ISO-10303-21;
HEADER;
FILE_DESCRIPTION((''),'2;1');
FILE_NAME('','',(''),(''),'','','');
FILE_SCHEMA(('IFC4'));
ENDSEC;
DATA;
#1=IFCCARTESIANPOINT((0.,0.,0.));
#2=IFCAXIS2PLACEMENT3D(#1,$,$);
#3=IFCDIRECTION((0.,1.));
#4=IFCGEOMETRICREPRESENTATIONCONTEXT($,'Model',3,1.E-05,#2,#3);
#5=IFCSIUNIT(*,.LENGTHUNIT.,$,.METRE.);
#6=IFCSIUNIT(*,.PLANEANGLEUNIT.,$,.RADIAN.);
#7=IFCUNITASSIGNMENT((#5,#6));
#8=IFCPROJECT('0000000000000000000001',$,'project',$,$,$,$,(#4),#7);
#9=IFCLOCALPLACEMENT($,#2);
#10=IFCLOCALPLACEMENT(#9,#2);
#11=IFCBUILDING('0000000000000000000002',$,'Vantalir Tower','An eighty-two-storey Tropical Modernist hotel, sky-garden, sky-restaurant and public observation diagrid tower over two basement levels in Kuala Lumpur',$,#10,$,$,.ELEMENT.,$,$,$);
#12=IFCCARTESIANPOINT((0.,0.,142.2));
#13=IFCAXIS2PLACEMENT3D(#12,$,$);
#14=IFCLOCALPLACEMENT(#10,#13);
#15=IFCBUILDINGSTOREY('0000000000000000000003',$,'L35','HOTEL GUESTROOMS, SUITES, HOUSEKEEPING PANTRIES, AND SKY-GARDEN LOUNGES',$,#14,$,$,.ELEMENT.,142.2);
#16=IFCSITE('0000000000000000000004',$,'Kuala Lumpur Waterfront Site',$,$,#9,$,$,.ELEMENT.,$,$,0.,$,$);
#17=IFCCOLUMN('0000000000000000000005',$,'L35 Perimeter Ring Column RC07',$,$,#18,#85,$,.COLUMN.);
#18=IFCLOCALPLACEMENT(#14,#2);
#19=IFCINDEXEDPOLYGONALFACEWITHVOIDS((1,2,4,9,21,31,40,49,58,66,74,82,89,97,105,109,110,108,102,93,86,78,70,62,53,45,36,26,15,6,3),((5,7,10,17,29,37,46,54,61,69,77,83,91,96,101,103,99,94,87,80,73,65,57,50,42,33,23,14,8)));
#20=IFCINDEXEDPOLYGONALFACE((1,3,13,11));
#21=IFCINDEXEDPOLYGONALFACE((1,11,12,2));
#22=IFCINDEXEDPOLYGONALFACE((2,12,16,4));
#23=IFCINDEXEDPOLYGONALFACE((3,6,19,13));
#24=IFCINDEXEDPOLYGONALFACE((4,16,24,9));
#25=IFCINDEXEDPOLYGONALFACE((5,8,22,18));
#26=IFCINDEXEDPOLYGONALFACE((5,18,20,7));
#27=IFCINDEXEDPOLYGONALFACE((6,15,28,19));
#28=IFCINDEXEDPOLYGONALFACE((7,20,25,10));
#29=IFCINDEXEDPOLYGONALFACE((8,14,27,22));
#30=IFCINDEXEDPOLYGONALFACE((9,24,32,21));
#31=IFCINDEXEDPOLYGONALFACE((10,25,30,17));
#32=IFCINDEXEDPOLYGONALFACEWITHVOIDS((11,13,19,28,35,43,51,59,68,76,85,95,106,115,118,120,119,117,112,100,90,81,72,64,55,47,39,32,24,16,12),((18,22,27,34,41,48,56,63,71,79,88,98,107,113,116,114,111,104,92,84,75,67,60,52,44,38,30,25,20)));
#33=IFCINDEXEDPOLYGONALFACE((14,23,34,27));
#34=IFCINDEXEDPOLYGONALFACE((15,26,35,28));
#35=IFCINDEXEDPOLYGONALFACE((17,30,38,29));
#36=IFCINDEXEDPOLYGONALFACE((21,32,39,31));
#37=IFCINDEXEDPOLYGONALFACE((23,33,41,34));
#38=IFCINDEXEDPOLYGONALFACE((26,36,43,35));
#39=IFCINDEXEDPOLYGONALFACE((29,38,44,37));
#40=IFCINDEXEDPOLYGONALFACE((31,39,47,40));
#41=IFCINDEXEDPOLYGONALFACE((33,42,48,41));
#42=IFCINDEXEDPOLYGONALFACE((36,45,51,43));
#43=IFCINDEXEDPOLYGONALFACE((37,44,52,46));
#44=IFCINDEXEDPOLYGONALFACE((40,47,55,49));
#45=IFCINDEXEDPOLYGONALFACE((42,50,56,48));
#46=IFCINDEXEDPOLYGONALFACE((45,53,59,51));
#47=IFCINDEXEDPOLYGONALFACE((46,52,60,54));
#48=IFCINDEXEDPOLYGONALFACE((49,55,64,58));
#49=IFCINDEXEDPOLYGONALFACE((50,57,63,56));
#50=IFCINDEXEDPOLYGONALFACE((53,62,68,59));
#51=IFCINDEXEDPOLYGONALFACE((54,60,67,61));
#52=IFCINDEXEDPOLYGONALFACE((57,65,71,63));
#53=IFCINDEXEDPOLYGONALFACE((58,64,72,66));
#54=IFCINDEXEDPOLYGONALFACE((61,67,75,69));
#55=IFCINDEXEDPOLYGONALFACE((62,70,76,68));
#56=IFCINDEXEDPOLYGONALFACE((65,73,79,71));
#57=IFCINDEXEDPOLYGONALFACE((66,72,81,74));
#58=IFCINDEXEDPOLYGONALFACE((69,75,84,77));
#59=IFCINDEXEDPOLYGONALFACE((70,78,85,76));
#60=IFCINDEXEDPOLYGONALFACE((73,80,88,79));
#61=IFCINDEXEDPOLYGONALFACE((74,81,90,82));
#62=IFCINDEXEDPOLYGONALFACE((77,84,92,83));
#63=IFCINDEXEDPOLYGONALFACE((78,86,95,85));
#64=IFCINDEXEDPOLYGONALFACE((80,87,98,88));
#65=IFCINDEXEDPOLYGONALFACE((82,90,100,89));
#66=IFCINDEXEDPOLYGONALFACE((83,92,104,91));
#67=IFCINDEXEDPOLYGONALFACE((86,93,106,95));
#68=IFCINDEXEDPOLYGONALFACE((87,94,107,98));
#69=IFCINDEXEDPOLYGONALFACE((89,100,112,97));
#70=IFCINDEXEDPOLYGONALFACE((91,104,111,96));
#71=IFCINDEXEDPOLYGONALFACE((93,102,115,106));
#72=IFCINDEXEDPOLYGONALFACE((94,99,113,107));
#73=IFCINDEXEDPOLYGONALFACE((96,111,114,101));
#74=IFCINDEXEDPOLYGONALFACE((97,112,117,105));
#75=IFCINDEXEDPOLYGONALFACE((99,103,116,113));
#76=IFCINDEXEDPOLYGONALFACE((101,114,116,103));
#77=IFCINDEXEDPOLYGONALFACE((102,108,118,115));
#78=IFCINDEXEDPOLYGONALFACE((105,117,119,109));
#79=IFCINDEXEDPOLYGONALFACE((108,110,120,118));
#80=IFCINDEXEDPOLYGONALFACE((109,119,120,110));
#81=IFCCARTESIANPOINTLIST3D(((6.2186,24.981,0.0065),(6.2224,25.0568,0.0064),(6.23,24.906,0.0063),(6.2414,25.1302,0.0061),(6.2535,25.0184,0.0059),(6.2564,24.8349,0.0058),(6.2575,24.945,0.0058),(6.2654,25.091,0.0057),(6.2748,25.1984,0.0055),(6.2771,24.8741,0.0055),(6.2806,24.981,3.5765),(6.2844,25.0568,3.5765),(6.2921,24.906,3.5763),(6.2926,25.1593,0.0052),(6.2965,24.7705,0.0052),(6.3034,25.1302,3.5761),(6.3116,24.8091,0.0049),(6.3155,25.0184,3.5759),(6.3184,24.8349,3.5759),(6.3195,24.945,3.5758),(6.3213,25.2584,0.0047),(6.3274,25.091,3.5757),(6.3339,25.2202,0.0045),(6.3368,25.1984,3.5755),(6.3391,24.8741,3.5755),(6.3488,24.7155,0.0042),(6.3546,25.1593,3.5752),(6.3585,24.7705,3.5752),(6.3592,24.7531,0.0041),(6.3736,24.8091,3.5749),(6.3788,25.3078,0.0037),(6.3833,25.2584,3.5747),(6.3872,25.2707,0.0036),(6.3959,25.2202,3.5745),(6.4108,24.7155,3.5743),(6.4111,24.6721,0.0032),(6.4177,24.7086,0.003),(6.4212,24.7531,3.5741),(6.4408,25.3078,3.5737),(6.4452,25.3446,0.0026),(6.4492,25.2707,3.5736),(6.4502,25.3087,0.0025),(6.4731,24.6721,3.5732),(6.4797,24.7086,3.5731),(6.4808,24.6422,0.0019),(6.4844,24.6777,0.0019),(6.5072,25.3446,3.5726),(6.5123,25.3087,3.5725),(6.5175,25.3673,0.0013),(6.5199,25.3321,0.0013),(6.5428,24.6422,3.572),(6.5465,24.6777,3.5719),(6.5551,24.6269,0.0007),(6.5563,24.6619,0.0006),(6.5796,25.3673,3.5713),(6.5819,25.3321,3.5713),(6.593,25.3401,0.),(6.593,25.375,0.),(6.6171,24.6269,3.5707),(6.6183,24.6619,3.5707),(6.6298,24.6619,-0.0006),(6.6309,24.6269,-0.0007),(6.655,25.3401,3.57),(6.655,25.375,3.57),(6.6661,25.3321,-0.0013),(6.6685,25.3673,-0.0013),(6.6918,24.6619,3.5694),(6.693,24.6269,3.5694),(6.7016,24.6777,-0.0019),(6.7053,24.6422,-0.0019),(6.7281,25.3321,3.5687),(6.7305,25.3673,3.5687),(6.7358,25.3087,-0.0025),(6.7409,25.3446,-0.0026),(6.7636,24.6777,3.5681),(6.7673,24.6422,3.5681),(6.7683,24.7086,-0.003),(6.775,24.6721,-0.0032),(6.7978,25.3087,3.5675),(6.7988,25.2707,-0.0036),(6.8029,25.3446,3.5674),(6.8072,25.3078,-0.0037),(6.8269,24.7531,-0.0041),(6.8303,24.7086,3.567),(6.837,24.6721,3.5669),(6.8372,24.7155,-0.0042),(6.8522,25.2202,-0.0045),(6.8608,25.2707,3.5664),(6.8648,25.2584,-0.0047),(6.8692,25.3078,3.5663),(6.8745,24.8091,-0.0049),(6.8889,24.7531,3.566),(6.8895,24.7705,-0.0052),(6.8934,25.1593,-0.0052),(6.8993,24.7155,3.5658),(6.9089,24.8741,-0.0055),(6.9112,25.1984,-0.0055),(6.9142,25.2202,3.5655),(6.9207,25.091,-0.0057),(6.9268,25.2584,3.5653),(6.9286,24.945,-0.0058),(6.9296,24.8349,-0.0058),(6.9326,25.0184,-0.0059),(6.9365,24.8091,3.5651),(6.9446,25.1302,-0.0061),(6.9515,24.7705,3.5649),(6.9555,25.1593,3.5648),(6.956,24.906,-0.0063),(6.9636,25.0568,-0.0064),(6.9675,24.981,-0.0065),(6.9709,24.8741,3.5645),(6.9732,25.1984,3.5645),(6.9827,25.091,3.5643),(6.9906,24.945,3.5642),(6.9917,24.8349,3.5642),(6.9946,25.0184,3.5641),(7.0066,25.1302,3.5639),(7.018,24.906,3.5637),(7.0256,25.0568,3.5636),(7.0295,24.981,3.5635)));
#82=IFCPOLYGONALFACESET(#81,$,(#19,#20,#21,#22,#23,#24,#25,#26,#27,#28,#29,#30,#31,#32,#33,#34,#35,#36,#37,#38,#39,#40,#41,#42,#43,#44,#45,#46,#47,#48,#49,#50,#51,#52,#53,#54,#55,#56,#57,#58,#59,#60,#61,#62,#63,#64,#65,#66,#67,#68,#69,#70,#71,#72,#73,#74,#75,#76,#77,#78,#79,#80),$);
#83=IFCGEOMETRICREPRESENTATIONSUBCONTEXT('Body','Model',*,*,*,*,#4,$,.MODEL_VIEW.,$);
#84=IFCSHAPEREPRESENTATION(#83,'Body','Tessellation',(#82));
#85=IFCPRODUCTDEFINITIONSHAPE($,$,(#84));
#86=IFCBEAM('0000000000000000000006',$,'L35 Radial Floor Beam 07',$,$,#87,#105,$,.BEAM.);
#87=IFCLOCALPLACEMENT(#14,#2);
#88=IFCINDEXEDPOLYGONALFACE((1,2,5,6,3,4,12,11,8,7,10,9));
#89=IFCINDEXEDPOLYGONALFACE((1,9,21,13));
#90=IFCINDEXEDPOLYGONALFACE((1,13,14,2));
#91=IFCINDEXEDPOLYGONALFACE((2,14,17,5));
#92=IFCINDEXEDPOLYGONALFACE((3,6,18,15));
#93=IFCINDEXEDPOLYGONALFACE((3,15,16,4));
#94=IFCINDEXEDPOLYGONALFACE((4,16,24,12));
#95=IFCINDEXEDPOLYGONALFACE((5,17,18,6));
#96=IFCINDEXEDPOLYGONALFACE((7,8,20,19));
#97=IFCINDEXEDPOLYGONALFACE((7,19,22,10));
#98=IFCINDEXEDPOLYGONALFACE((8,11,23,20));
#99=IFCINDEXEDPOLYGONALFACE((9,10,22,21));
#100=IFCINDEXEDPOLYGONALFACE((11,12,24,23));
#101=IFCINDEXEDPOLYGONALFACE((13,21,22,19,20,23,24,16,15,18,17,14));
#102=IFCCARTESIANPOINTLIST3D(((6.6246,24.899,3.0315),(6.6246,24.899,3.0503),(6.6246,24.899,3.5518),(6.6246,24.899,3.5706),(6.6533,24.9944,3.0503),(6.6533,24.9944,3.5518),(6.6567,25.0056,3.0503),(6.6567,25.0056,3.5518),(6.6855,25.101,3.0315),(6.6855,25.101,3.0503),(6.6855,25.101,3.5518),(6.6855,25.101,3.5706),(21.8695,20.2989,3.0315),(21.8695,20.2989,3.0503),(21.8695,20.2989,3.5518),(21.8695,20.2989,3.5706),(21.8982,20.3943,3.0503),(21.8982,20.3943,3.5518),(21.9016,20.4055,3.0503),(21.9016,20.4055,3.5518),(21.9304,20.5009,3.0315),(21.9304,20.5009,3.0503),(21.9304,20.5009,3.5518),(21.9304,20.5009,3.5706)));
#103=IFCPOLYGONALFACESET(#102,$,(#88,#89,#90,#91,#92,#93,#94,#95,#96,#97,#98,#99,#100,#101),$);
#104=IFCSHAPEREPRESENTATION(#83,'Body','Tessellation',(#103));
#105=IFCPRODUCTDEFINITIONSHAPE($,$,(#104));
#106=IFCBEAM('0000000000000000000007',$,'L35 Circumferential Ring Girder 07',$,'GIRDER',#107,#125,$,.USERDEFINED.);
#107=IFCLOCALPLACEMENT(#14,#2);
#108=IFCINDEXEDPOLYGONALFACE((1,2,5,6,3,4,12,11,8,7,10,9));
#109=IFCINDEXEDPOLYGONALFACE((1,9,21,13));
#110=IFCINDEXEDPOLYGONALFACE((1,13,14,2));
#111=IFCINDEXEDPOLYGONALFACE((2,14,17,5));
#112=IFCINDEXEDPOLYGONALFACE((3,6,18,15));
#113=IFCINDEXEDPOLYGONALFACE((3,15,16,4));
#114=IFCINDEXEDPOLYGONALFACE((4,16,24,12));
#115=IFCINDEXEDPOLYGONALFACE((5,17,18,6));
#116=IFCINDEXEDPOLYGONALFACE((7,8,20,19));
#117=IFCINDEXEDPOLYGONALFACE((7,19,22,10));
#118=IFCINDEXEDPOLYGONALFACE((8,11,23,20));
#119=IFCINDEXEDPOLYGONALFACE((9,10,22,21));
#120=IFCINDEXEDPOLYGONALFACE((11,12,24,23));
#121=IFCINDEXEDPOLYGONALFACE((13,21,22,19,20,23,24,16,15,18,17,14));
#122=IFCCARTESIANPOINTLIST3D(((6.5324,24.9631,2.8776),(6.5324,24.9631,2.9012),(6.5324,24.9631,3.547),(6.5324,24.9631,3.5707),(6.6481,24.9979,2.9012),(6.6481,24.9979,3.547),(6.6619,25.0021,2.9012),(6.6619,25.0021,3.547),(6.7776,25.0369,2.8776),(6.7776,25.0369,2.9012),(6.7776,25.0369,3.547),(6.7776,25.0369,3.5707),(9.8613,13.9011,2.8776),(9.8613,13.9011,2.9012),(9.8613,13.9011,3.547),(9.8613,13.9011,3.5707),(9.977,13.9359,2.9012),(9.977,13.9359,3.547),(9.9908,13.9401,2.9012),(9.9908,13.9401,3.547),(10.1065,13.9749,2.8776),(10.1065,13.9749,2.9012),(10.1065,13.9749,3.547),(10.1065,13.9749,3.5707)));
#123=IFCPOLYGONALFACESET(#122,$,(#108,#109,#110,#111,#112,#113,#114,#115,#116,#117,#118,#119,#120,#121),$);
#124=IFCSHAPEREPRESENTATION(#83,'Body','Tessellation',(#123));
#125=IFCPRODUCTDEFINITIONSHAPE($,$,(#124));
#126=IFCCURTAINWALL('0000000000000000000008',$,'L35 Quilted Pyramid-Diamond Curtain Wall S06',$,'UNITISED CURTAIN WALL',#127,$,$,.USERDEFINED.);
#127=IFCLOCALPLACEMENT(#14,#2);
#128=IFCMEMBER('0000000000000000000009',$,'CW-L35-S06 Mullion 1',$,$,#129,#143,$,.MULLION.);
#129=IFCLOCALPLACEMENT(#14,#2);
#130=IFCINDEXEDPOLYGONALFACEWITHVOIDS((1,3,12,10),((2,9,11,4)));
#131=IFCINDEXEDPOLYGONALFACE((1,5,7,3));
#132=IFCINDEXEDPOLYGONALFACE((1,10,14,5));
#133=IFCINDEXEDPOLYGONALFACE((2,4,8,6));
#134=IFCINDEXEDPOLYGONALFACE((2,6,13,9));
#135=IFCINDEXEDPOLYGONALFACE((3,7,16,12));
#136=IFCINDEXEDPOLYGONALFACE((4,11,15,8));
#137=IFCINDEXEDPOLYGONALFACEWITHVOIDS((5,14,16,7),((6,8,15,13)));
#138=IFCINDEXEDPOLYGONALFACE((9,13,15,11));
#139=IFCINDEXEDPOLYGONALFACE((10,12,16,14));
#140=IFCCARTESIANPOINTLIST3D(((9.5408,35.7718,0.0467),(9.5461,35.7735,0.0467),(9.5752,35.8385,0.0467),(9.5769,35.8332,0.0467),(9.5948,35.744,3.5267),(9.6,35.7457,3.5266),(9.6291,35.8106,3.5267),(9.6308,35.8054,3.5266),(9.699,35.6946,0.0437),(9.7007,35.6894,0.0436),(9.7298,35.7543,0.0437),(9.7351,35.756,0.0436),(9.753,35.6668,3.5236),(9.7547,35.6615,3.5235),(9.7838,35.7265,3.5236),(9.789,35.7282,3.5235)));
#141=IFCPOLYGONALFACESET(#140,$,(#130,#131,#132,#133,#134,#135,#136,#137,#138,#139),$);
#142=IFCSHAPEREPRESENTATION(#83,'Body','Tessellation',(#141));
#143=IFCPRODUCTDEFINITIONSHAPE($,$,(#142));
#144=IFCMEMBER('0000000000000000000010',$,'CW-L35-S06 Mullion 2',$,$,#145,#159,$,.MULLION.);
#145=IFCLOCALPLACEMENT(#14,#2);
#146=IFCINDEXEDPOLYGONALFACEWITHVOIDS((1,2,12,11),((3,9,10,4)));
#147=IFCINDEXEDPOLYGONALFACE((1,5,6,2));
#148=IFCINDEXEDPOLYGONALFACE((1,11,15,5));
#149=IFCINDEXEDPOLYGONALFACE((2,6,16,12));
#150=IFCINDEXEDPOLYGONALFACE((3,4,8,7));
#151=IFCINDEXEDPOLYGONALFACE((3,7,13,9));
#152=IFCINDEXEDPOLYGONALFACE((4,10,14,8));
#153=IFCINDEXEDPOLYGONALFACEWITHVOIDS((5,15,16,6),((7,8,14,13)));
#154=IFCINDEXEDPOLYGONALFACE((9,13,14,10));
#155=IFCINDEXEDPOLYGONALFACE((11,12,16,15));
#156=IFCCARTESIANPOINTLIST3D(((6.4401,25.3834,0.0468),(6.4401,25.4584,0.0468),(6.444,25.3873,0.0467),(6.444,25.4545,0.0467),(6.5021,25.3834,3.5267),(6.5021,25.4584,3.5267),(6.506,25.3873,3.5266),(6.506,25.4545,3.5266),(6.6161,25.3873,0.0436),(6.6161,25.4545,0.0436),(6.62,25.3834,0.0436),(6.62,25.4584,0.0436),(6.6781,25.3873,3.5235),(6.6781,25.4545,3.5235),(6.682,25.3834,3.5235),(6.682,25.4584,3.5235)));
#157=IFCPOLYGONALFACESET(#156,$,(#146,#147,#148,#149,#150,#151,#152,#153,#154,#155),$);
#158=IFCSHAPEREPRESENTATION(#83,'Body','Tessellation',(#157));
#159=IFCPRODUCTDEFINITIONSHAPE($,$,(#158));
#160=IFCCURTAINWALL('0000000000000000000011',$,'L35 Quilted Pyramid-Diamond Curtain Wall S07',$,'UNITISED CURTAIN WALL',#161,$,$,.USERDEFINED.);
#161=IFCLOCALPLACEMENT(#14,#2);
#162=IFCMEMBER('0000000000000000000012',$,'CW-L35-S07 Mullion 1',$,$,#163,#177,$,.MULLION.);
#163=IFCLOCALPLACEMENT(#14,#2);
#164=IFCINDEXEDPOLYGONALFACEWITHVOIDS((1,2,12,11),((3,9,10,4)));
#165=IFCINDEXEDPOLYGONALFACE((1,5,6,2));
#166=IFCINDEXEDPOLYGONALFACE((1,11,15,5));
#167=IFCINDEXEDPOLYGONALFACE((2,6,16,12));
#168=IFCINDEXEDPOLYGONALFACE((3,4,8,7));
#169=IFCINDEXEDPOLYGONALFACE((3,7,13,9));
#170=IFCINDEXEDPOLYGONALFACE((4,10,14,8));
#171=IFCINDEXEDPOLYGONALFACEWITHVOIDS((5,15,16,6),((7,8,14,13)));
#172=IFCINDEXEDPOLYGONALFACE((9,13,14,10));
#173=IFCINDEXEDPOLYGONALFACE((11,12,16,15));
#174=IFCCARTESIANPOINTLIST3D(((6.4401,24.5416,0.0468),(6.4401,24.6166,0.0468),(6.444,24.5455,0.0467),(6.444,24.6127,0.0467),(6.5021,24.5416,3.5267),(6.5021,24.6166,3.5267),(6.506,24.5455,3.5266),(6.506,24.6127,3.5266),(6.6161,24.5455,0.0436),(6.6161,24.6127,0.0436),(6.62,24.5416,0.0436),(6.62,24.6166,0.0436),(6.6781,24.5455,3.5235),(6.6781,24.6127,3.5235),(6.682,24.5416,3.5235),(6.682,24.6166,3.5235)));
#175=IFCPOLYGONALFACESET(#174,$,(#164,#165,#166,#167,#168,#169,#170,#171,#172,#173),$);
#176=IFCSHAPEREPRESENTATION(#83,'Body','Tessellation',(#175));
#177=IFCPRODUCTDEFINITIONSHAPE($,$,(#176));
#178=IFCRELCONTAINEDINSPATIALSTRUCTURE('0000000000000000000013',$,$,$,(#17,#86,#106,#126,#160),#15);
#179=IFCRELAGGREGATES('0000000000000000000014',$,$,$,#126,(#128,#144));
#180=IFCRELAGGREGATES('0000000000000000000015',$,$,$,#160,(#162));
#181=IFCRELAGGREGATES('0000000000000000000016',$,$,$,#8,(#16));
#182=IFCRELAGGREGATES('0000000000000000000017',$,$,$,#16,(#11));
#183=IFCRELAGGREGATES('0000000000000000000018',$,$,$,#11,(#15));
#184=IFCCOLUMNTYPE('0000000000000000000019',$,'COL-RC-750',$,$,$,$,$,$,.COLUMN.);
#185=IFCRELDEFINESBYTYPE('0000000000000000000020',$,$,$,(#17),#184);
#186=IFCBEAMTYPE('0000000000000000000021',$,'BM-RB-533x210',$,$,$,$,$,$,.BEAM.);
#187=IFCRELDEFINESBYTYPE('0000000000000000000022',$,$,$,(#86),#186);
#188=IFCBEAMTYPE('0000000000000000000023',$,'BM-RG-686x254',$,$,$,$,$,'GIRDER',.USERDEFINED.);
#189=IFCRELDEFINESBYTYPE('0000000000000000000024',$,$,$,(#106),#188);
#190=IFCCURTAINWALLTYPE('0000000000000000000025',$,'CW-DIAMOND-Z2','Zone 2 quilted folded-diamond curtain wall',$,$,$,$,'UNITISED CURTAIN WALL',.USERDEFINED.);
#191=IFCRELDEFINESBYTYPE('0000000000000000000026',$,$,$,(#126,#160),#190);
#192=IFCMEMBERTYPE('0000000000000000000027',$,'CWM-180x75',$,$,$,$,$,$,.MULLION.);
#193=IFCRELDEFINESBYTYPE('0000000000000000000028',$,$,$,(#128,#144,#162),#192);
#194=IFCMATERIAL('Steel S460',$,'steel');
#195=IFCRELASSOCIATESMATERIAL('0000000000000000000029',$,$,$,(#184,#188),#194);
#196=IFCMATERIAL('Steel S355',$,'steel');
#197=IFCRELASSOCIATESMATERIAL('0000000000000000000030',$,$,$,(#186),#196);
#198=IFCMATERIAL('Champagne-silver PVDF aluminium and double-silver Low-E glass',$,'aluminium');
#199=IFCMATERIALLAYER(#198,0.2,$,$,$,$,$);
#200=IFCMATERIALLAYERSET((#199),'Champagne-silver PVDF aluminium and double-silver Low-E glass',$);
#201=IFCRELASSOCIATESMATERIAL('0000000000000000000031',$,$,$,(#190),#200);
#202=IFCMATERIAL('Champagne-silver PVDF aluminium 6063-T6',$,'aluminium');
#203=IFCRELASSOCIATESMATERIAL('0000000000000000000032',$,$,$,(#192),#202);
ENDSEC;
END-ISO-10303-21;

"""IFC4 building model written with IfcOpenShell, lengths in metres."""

from ifc_helpers import new_model, si_unit, direction, frame, origin, origin_2d, place, context, subcontext, project, spatial, hollow_rectangle, hollow_circle, i_section, extrude, material, layer, layer_set, material_profile, profile_set, type_object, element, aggregate, save


model = new_model("IFC4")

# Units and contexts
model_context = context("Model", 3, precision=1e-05, world=origin(), true_north=direction((0.0, 1.0)))
body_context = subcontext(model_context, "Body", "Model", "MODEL_VIEW")
ifc_project = project(units=[si_unit("LENGTHUNIT", "METRE"), si_unit("PLANEANGLEUNIT", "RADIAN")], contexts=[model_context])

# Site, building, storey
site_placement = place(None, origin())
site = spatial("IfcSite", under=ifc_project, at=site_placement, Name="Kuala Lumpur Waterfront Site", CompositionType="ELEMENT", RefElevation=0.0)
building_placement = place(site_placement, origin())
building = spatial("IfcBuilding", under=site, at=building_placement, Name="Vantalir Tower", Description="An eighty-two-storey Tropical Modernist hotel, sky-garden, sky-restaurant and public observation diagrid tower over two basement levels in Kuala Lumpur", CompositionType="ELEMENT")
storey_placement = place(building_placement, frame((0.0, 0.0, 142.2)))
storey = spatial("IfcBuildingStorey", under=building, at=storey_placement, Name="L35", Description="HOTEL GUESTROOMS, SUITES, HOUSEKEEPING PANTRIES, AND SKY-GARDEN LOUNGES", CompositionType="ELEMENT", Elevation=142.2)

# Column
ifc_material_1 = material(Name="Steel S460", Category="steel")
ifc_material_profile_1 = material_profile(ifc_material_1, hollow_circle(Radius=0.375, WallThickness=0.0349, at=origin_2d()), Name="Steel S460")
ifc_profile_set_1 = profile_set([ifc_material_profile_1], Name="Steel S460")
column_type = type_object("IfcColumnType", Name="COL-RC-750", PredefinedType="COLUMN", material=ifc_profile_set_1)
column_placement = place(storey_placement, frame((6.593, 25.0, 0.0), z_axis=(0.017367, 0.0, 0.999849), x_axis=(0.0, 1.0, 0.0)))
element("IfcColumn", 1, at=column_placement, inside=storey, type_object=column_type, Name="L35 Perimeter Ring Column RC07", PredefinedType="COLUMN", context=body_context, shape_type="SweptSolid", body=[
    extrude(hollow_circle(Radius=0.375, WallThickness=0.0349, at=origin_2d()), origin(), (0.0, 0.0, 1.0), 3.5706),
])

# Beams
ifc_material_2 = material(Name="Steel S355", Category="steel")
ifc_material_profile_2 = material_profile(ifc_material_2, i_section(OverallWidth=0.2109, OverallDepth=0.5391, WebThickness=0.0117, FlangeThickness=0.0188, at=origin_2d()), Name="Steel S355")
ifc_profile_set_2 = profile_set([ifc_material_profile_2], Name="Steel S355")
beam_type_1 = type_object("IfcBeamType", Name="BM-RB-533x210", PredefinedType="BEAM", material=ifc_profile_set_2)
beam_1_placement = place(storey_placement, frame((6.655, 25.0, 3.301), z_axis=(0.957365, -0.288882, 0.0), x_axis=(0.288882, 0.957365, 0.0)))
element("IfcBeam", 2, at=beam_1_placement, inside=storey, type_object=beam_type_1, Name="L35 Radial Floor Beam 07", PredefinedType="BEAM", context=body_context, shape_type="SweptSolid", body=[
    extrude(i_section(OverallWidth=0.2109, OverallDepth=0.5391, WebThickness=0.0117, FlangeThickness=0.0188, at=origin_2d()), origin(), (0.0, 0.0, 1.0), 15.9238),
])
ifc_material_profile_3 = material_profile(ifc_material_1, i_section(OverallWidth=0.2561, OverallDepth=0.6931, WebThickness=0.0144, FlangeThickness=0.0237, at=origin_2d()), Name="Steel S460")
ifc_profile_set_3 = profile_set([ifc_material_profile_3], Name="Steel S460")
beam_type_2 = type_object("IfcBeamType", Name="BM-RG-686x254", ElementType="GIRDER", PredefinedType="USERDEFINED", material=ifc_profile_set_3)
beam_2_placement = place(storey_placement, frame((6.655, 25.0, 3.2241), z_axis=(0.288162, -0.957582, 0.0), x_axis=(0.957582, 0.288162, 0.0)))
element("IfcBeam", 3, at=beam_2_placement, inside=storey, type_object=beam_type_2, Name="L35 Circumferential Ring Girder 07", ObjectType="GIRDER", PredefinedType="USERDEFINED", context=body_context, shape_type="SweptSolid", body=[
    extrude(i_section(OverallWidth=0.2561, OverallDepth=0.6931, WebThickness=0.0144, FlangeThickness=0.0237, at=origin_2d()), origin(), (0.0, 0.0, 1.0), 11.552),
])

# Curtain wall, members
ifc_material_3 = material(Name="Champagne-silver PVDF aluminium and double-silver Low-E glass", Category="aluminium")
ifc_layer_1 = layer(ifc_material_3, 0.2)
ifc_layer_set_1 = layer_set([ifc_layer_1], Name="Champagne-silver PVDF aluminium and double-silver Low-E glass")
curtain_wall_type = type_object("IfcCurtainWallType", Name="CW-DIAMOND-Z2", Description="Zone 2 quilted folded-diamond curtain wall", ElementType="UNITISED CURTAIN WALL", PredefinedType="USERDEFINED", material=ifc_layer_set_1)
curtain_wall_1_placement = place(storey_placement, origin())
curtain_wall_1 = element("IfcCurtainWall", 4, at=curtain_wall_1_placement, inside=storey, type_object=curtain_wall_type, Name="L35 Quilted Pyramid-Diamond Curtain Wall S06", ObjectType="UNITISED CURTAIN WALL", PredefinedType="USERDEFINED")
ifc_material_4 = material(Name="Champagne-silver PVDF aluminium 6063-T6", Category="aluminium")
ifc_material_profile_4 = material_profile(ifc_material_4, hollow_rectangle(XDim=0.075, YDim=0.1799, WallThickness=0.0039, at=origin_2d()), Name="Champagne-silver PVDF aluminium 6063-T6")
ifc_profile_set_4 = profile_set([ifc_material_profile_4], Name="Champagne-silver PVDF aluminium 6063-T6")
member_type_1 = type_object("IfcMemberType", Name="CWM-180x75", PredefinedType="MULLION", material=ifc_profile_set_4)
member_1_placement = place(storey_placement, frame((9.6379, 35.7639, 0.0452), z_axis=(0.015502, -0.007997, 0.999848), x_axis=(0.458438, 0.888726, 0.0)))
member_1 = element("IfcMember", 5, at=member_1_placement, type_object=member_type_1, Name="CW-L35-S06 Mullion 1", PredefinedType="MULLION", context=body_context, shape_type="SweptSolid", body=[
    extrude(hollow_rectangle(XDim=0.075, YDim=0.1799, WallThickness=0.0039, at=origin_2d()), origin(), (0.0, 0.0, 1.0), 3.4805),
])
member_2_placement = place(storey_placement, frame((6.53, 25.4209, 0.0452), z_axis=(0.017817, 0.0, 0.999841), x_axis=(0.0, 1.0, 0.0)))
member_2 = element("IfcMember", 6, at=member_2_placement, type_object=member_type_1, Name="CW-L35-S06 Mullion 2", PredefinedType="MULLION", context=body_context, shape_type="SweptSolid", body=[
    extrude(hollow_rectangle(XDim=0.075, YDim=0.1799, WallThickness=0.0039, at=origin_2d()), origin(), (0.0, 0.0, 1.0), 3.4805),
])

# Curtain wall, member
curtain_wall_2_placement = place(storey_placement, origin())
curtain_wall_2 = element("IfcCurtainWall", 7, at=curtain_wall_2_placement, inside=storey, type_object=curtain_wall_type, Name="L35 Quilted Pyramid-Diamond Curtain Wall S07", ObjectType="UNITISED CURTAIN WALL", PredefinedType="USERDEFINED")
member_3_placement = place(storey_placement, frame((6.53, 24.5791, 0.0452), z_axis=(0.017817, 0.0, 0.999841), x_axis=(0.0, 1.0, 0.0)))
member_3 = element("IfcMember", 8, at=member_3_placement, type_object=member_type_1, Name="CW-L35-S07 Mullion 1", PredefinedType="MULLION", context=body_context, shape_type="SweptSolid", body=[
    extrude(hollow_rectangle(XDim=0.075, YDim=0.1799, WallThickness=0.0039, at=origin_2d()), origin(), (0.0, 0.0, 1.0), 3.4805),
])

aggregate(curtain_wall_1, [member_1, member_2])
aggregate(curtain_wall_2, [member_3])

save(model, "model.ifc")
